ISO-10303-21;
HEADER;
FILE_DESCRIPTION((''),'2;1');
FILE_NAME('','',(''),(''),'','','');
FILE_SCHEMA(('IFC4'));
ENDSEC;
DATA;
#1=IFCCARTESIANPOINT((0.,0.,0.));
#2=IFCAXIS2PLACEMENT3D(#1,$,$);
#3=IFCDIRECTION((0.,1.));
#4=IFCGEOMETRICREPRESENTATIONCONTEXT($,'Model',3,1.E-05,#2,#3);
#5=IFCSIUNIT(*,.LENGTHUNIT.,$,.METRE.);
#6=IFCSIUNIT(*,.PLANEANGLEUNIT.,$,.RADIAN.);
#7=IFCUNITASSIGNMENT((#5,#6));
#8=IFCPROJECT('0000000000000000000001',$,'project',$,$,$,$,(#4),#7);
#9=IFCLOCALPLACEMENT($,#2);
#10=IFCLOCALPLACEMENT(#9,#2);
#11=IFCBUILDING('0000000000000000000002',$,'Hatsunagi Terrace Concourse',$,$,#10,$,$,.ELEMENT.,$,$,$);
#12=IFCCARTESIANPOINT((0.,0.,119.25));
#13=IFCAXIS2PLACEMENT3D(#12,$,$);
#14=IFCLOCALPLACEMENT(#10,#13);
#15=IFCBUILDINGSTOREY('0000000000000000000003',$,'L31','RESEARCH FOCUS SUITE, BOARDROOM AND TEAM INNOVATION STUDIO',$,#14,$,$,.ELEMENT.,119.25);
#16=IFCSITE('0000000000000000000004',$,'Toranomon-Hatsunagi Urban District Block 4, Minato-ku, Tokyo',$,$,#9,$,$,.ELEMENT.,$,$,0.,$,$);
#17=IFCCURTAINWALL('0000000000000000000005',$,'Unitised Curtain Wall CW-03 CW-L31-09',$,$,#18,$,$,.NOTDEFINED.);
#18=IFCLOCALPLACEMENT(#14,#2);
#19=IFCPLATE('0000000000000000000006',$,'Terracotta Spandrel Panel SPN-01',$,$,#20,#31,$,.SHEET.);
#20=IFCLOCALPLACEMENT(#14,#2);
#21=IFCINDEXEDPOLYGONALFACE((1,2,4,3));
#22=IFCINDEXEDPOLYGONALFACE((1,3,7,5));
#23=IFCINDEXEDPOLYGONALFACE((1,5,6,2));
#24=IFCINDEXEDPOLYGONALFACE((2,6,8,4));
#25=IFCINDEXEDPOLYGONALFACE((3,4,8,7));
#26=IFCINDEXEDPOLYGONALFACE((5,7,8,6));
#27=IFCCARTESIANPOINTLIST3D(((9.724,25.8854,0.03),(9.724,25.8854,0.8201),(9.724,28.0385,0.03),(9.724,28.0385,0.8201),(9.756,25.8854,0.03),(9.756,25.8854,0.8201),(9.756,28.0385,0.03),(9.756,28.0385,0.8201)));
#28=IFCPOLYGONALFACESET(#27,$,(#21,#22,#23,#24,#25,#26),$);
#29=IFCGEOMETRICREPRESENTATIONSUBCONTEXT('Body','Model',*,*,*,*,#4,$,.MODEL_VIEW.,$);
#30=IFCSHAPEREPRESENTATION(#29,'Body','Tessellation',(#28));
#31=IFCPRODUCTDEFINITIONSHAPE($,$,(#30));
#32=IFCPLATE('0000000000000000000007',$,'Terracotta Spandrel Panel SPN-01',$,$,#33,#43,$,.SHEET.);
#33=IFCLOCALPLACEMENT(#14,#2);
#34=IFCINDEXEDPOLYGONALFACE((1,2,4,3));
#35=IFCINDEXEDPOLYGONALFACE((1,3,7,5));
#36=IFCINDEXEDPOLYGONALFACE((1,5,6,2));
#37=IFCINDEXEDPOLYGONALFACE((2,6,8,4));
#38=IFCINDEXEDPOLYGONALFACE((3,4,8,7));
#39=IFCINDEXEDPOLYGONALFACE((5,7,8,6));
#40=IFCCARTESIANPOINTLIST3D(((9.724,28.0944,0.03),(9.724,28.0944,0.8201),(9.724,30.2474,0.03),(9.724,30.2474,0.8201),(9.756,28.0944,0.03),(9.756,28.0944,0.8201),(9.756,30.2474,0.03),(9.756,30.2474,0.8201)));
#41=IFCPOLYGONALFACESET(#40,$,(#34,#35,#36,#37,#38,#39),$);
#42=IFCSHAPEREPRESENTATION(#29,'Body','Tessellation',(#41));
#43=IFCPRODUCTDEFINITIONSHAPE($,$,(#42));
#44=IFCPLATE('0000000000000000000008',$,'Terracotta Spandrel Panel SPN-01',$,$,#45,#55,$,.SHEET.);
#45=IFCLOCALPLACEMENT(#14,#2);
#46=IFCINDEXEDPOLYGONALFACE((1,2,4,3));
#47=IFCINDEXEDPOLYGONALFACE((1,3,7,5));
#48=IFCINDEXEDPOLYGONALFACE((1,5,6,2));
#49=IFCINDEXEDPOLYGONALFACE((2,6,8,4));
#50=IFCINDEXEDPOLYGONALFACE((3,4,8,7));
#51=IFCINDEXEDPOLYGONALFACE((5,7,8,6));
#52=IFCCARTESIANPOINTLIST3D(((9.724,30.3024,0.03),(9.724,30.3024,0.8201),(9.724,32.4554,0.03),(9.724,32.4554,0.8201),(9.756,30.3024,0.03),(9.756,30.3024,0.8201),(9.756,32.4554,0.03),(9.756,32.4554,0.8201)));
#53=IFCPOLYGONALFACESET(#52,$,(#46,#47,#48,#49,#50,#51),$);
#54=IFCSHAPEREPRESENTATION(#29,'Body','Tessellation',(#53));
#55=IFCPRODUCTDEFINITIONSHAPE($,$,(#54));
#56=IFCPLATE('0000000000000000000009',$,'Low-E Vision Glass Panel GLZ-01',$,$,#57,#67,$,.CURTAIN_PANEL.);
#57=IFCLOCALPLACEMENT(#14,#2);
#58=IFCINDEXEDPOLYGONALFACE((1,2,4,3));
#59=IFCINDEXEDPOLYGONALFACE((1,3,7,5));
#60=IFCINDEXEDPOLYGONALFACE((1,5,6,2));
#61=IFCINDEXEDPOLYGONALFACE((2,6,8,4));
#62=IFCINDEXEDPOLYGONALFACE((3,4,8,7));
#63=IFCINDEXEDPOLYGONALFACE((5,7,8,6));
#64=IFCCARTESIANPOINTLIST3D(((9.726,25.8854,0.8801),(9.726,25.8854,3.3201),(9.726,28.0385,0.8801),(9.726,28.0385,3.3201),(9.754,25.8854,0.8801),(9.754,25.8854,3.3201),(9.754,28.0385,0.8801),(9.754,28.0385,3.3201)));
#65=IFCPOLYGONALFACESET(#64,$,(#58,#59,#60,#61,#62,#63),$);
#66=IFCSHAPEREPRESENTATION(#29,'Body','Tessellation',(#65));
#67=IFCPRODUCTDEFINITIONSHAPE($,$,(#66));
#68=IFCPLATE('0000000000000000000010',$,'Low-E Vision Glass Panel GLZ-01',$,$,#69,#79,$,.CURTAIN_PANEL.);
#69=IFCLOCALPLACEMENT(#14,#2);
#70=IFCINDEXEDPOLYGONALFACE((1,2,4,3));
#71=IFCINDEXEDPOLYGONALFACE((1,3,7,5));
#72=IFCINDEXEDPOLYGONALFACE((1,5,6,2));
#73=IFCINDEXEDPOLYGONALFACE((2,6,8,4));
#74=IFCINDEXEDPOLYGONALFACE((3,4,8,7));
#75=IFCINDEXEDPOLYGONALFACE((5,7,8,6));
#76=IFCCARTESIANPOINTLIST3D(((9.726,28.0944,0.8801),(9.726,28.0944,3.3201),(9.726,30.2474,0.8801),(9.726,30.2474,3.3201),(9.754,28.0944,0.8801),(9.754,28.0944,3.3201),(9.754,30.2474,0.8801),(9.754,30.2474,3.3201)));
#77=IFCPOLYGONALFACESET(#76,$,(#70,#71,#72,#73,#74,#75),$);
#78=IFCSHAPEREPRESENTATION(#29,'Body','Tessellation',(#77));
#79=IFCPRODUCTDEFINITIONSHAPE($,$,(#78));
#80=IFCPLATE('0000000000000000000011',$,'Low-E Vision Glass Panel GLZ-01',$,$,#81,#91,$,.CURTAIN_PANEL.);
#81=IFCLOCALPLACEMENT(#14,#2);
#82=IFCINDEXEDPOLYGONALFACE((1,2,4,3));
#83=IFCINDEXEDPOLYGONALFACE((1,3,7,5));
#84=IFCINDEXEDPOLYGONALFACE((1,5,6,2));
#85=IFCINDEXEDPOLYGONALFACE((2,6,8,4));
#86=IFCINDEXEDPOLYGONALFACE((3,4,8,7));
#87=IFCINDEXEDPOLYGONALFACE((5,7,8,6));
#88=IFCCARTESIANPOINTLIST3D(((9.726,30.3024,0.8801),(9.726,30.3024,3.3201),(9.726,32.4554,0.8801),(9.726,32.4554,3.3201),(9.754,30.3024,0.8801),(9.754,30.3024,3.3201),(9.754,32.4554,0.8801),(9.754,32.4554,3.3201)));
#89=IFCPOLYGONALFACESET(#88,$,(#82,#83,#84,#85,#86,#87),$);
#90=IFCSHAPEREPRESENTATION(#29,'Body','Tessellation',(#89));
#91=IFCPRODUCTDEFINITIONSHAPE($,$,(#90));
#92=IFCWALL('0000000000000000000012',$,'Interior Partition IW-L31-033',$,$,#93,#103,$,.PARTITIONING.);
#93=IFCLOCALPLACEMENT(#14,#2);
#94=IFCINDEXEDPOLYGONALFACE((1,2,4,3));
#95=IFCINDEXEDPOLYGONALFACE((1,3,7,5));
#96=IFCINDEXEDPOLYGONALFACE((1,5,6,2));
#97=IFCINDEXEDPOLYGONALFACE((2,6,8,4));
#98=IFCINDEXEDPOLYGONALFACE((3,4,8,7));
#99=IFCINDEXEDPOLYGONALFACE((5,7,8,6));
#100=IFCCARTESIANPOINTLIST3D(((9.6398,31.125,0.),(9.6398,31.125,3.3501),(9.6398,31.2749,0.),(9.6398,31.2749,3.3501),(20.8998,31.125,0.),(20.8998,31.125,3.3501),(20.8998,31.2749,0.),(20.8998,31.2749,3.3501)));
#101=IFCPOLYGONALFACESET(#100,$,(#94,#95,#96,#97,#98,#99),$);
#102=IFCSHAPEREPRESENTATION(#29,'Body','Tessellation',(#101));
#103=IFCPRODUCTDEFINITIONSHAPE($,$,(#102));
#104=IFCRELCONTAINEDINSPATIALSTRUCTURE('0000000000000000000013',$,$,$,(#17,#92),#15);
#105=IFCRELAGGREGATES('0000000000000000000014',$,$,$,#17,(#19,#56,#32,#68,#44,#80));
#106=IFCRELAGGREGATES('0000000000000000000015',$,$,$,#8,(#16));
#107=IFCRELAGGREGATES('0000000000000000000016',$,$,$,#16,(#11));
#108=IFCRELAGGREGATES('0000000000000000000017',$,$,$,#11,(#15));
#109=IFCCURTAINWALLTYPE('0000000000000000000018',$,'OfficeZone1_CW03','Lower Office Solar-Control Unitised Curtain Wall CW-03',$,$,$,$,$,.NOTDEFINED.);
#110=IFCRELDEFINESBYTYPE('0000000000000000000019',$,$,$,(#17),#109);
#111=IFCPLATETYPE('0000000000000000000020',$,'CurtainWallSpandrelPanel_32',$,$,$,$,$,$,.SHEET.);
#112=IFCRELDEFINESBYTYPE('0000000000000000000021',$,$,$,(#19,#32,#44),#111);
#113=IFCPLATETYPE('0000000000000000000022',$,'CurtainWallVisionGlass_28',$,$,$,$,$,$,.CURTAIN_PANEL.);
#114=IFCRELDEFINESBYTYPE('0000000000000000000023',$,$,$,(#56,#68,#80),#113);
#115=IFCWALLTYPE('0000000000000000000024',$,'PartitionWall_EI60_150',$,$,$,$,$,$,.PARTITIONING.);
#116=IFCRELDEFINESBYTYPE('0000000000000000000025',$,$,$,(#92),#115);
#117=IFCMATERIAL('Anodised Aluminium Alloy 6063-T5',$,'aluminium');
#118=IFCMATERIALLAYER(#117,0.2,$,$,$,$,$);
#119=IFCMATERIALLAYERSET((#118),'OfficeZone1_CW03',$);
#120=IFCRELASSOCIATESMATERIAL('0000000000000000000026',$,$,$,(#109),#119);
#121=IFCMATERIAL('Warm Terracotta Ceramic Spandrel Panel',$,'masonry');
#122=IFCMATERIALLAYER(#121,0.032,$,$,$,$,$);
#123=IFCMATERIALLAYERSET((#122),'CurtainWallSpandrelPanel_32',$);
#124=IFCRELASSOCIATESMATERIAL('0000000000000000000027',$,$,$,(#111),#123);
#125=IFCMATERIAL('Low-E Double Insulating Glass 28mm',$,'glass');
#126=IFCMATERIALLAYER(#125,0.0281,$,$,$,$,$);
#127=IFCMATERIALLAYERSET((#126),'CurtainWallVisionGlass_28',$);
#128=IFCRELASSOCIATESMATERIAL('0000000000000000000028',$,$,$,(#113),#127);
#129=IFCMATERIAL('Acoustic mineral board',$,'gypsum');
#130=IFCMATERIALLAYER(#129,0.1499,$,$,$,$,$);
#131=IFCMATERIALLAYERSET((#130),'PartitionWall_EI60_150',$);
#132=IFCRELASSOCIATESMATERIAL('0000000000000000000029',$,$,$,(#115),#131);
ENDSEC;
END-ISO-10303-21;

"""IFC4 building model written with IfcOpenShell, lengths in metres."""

from ifc_helpers import new_model, si_unit, direction, frame, frame_2d, origin, origin_2d, place, context, subcontext, project, spatial, rectangle, extrude, material, layer, layer_set, type_object, element, aggregate, save


model = new_model("IFC4")

# Units and contexts
model_context = context("Model", 3, precision=1e-05, world=origin(), true_north=direction((0.0, 1.0)))
body_context = subcontext(model_context, "Body", "Model", "MODEL_VIEW")
ifc_project = project(units=[si_unit("LENGTHUNIT", "METRE"), si_unit("PLANEANGLEUNIT", "RADIAN")], contexts=[model_context])

# Site, building, storey
site_placement = place(None, origin())
site = spatial("IfcSite", under=ifc_project, at=site_placement, Name="Toranomon-Hatsunagi Urban District Block 4, Minato-ku, Tokyo", CompositionType="ELEMENT", RefElevation=0.0)
building_placement = place(site_placement, origin())
building = spatial("IfcBuilding", under=site, at=building_placement, Name="Hatsunagi Terrace Concourse", CompositionType="ELEMENT")
storey_placement = place(building_placement, frame((0.0, 0.0, 119.25)))
storey = spatial("IfcBuildingStorey", under=building, at=storey_placement, Name="L31", Description="RESEARCH FOCUS SUITE, BOARDROOM AND TEAM INNOVATION STUDIO", CompositionType="ELEMENT", Elevation=119.25)

# Curtain wall
ifc_material_1 = material(Name="Anodised Aluminium Alloy 6063-T5", Category="aluminium")
ifc_layer_1 = layer(ifc_material_1, 0.2)
ifc_layer_set_1 = layer_set([ifc_layer_1], Name="OfficeZone1_CW03")
curtain_wall_type = type_object("IfcCurtainWallType", Name="OfficeZone1_CW03", Description="Lower Office Solar-Control Unitised Curtain Wall CW-03", PredefinedType="NOTDEFINED", material=ifc_layer_set_1)
curtain_wall_placement = place(storey_placement, origin())
curtain_wall = element("IfcCurtainWall", 1, at=curtain_wall_placement, inside=storey, type_object=curtain_wall_type, Name="Unitised Curtain Wall CW-03 CW-L31-09", PredefinedType="NOTDEFINED")

# Plates
ifc_material_2 = material(Name="Warm Terracotta Ceramic Spandrel Panel", Category="masonry")
ifc_layer_2 = layer(ifc_material_2, 0.032)
ifc_layer_set_2 = layer_set([ifc_layer_2], Name="CurtainWallSpandrelPanel_32")
plate_type_1 = type_object("IfcPlateType", Name="CurtainWallSpandrelPanel_32", PredefinedType="SHEET", material=ifc_layer_set_2)
plate_1_placement = place(storey_placement, frame((9.74, 26.9619, 0.03), z_axis=(0.0, 0.0, 1.0), x_axis=(0.0, 1.0, 0.0)))
plate_1 = element("IfcPlate", 2, at=plate_1_placement, type_object=plate_type_1, Name="Terracotta Spandrel Panel SPN-01", PredefinedType="SHEET", context=body_context, shape_type="SweptSolid", body=[
    extrude(rectangle(XDim=2.1531, YDim=0.032, at=origin_2d()), origin(), (0.0, 0.0, 1.0), 0.79),
])
plate_2_placement = place(storey_placement, frame((9.74, 29.1709, 0.03), z_axis=(0.0, 0.0, 1.0), x_axis=(0.0, 1.0, 0.0)))
plate_2 = element("IfcPlate", 3, at=plate_2_placement, type_object=plate_type_1, Name="Terracotta Spandrel Panel SPN-01", PredefinedType="SHEET", context=body_context, shape_type="SweptSolid", body=[
    extrude(rectangle(XDim=2.1531, YDim=0.032, at=origin_2d()), origin(), (0.0, 0.0, 1.0), 0.79),
])
plate_3_placement = place(storey_placement, frame((9.74, 31.3789, 0.03), z_axis=(0.0, 0.0, 1.0), x_axis=(0.0, 1.0, 0.0)))
plate_3 = element("IfcPlate", 4, at=plate_3_placement, type_object=plate_type_1, Name="Terracotta Spandrel Panel SPN-01", PredefinedType="SHEET", context=body_context, shape_type="SweptSolid", body=[
    extrude(rectangle(XDim=2.1531, YDim=0.032, at=origin_2d()), origin(), (0.0, 0.0, 1.0), 0.79),
])
ifc_material_3 = material(Name="Low-E Double Insulating Glass 28mm", Category="glass")
ifc_layer_3 = layer(ifc_material_3, 0.0281)
ifc_layer_set_3 = layer_set([ifc_layer_3], Name="CurtainWallVisionGlass_28")
plate_type_2 = type_object("IfcPlateType", Name="CurtainWallVisionGlass_28", PredefinedType="CURTAIN_PANEL", material=ifc_layer_set_3)
plate_4_placement = place(storey_placement, frame((9.74, 26.9619, 0.8801), z_axis=(0.0, 0.0, 1.0), x_axis=(0.0, 1.0, 0.0)))
plate_4 = element("IfcPlate", 5, at=plate_4_placement, type_object=plate_type_2, Name="Low-E Vision Glass Panel GLZ-01", PredefinedType="CURTAIN_PANEL", context=body_context, shape_type="SweptSolid", body=[
    extrude(rectangle(XDim=2.1531, YDim=0.0281, at=origin_2d()), origin(), (0.0, 0.0, 1.0), 2.4399),
])
plate_5_placement = place(storey_placement, frame((9.74, 29.1709, 0.8801), z_axis=(0.0, 0.0, 1.0), x_axis=(0.0, 1.0, 0.0)))
plate_5 = element("IfcPlate", 6, at=plate_5_placement, type_object=plate_type_2, Name="Low-E Vision Glass Panel GLZ-01", PredefinedType="CURTAIN_PANEL", context=body_context, shape_type="SweptSolid", body=[
    extrude(rectangle(XDim=2.1531, YDim=0.0281, at=origin_2d()), origin(), (0.0, 0.0, 1.0), 2.4399),
])
plate_6_placement = place(storey_placement, frame((9.74, 31.3789, 0.8801), z_axis=(0.0, 0.0, 1.0), x_axis=(0.0, 1.0, 0.0)))
plate_6 = element("IfcPlate", 7, at=plate_6_placement, type_object=plate_type_2, Name="Low-E Vision Glass Panel GLZ-01", PredefinedType="CURTAIN_PANEL", context=body_context, shape_type="SweptSolid", body=[
    extrude(rectangle(XDim=2.1531, YDim=0.0281, at=origin_2d()), origin(), (0.0, 0.0, 1.0), 2.4399),
])
aggregate(curtain_wall, [plate_1, plate_4, plate_2, plate_5, plate_3, plate_6])

# Wall
ifc_material_4 = material(Name="Acoustic mineral board", Category="gypsum")
ifc_layer_4 = layer(ifc_material_4, 0.1499)
ifc_layer_set_4 = layer_set([ifc_layer_4], Name="PartitionWall_EI60_150")
wall_type = type_object("IfcWallType", Name="PartitionWall_EI60_150", PredefinedType="PARTITIONING", material=ifc_layer_set_4)
wall_placement = place(storey_placement, frame((9.6399, 31.2, 0.0), z_axis=(0.0, 0.0, 1.0), x_axis=(1.0, 0.0, 0.0)))
element("IfcWall", 8, at=wall_placement, inside=storey, type_object=wall_type, Name="Interior Partition IW-L31-033", PredefinedType="PARTITIONING", context=body_context, shape_type="SweptSolid", body=[
    extrude(rectangle(XDim=11.26, YDim=0.1499, at=frame_2d((5.6299, 0.0))), origin(), (0.0, 0.0, 1.0), 3.3501),
])

save(model, "model.ifc")
